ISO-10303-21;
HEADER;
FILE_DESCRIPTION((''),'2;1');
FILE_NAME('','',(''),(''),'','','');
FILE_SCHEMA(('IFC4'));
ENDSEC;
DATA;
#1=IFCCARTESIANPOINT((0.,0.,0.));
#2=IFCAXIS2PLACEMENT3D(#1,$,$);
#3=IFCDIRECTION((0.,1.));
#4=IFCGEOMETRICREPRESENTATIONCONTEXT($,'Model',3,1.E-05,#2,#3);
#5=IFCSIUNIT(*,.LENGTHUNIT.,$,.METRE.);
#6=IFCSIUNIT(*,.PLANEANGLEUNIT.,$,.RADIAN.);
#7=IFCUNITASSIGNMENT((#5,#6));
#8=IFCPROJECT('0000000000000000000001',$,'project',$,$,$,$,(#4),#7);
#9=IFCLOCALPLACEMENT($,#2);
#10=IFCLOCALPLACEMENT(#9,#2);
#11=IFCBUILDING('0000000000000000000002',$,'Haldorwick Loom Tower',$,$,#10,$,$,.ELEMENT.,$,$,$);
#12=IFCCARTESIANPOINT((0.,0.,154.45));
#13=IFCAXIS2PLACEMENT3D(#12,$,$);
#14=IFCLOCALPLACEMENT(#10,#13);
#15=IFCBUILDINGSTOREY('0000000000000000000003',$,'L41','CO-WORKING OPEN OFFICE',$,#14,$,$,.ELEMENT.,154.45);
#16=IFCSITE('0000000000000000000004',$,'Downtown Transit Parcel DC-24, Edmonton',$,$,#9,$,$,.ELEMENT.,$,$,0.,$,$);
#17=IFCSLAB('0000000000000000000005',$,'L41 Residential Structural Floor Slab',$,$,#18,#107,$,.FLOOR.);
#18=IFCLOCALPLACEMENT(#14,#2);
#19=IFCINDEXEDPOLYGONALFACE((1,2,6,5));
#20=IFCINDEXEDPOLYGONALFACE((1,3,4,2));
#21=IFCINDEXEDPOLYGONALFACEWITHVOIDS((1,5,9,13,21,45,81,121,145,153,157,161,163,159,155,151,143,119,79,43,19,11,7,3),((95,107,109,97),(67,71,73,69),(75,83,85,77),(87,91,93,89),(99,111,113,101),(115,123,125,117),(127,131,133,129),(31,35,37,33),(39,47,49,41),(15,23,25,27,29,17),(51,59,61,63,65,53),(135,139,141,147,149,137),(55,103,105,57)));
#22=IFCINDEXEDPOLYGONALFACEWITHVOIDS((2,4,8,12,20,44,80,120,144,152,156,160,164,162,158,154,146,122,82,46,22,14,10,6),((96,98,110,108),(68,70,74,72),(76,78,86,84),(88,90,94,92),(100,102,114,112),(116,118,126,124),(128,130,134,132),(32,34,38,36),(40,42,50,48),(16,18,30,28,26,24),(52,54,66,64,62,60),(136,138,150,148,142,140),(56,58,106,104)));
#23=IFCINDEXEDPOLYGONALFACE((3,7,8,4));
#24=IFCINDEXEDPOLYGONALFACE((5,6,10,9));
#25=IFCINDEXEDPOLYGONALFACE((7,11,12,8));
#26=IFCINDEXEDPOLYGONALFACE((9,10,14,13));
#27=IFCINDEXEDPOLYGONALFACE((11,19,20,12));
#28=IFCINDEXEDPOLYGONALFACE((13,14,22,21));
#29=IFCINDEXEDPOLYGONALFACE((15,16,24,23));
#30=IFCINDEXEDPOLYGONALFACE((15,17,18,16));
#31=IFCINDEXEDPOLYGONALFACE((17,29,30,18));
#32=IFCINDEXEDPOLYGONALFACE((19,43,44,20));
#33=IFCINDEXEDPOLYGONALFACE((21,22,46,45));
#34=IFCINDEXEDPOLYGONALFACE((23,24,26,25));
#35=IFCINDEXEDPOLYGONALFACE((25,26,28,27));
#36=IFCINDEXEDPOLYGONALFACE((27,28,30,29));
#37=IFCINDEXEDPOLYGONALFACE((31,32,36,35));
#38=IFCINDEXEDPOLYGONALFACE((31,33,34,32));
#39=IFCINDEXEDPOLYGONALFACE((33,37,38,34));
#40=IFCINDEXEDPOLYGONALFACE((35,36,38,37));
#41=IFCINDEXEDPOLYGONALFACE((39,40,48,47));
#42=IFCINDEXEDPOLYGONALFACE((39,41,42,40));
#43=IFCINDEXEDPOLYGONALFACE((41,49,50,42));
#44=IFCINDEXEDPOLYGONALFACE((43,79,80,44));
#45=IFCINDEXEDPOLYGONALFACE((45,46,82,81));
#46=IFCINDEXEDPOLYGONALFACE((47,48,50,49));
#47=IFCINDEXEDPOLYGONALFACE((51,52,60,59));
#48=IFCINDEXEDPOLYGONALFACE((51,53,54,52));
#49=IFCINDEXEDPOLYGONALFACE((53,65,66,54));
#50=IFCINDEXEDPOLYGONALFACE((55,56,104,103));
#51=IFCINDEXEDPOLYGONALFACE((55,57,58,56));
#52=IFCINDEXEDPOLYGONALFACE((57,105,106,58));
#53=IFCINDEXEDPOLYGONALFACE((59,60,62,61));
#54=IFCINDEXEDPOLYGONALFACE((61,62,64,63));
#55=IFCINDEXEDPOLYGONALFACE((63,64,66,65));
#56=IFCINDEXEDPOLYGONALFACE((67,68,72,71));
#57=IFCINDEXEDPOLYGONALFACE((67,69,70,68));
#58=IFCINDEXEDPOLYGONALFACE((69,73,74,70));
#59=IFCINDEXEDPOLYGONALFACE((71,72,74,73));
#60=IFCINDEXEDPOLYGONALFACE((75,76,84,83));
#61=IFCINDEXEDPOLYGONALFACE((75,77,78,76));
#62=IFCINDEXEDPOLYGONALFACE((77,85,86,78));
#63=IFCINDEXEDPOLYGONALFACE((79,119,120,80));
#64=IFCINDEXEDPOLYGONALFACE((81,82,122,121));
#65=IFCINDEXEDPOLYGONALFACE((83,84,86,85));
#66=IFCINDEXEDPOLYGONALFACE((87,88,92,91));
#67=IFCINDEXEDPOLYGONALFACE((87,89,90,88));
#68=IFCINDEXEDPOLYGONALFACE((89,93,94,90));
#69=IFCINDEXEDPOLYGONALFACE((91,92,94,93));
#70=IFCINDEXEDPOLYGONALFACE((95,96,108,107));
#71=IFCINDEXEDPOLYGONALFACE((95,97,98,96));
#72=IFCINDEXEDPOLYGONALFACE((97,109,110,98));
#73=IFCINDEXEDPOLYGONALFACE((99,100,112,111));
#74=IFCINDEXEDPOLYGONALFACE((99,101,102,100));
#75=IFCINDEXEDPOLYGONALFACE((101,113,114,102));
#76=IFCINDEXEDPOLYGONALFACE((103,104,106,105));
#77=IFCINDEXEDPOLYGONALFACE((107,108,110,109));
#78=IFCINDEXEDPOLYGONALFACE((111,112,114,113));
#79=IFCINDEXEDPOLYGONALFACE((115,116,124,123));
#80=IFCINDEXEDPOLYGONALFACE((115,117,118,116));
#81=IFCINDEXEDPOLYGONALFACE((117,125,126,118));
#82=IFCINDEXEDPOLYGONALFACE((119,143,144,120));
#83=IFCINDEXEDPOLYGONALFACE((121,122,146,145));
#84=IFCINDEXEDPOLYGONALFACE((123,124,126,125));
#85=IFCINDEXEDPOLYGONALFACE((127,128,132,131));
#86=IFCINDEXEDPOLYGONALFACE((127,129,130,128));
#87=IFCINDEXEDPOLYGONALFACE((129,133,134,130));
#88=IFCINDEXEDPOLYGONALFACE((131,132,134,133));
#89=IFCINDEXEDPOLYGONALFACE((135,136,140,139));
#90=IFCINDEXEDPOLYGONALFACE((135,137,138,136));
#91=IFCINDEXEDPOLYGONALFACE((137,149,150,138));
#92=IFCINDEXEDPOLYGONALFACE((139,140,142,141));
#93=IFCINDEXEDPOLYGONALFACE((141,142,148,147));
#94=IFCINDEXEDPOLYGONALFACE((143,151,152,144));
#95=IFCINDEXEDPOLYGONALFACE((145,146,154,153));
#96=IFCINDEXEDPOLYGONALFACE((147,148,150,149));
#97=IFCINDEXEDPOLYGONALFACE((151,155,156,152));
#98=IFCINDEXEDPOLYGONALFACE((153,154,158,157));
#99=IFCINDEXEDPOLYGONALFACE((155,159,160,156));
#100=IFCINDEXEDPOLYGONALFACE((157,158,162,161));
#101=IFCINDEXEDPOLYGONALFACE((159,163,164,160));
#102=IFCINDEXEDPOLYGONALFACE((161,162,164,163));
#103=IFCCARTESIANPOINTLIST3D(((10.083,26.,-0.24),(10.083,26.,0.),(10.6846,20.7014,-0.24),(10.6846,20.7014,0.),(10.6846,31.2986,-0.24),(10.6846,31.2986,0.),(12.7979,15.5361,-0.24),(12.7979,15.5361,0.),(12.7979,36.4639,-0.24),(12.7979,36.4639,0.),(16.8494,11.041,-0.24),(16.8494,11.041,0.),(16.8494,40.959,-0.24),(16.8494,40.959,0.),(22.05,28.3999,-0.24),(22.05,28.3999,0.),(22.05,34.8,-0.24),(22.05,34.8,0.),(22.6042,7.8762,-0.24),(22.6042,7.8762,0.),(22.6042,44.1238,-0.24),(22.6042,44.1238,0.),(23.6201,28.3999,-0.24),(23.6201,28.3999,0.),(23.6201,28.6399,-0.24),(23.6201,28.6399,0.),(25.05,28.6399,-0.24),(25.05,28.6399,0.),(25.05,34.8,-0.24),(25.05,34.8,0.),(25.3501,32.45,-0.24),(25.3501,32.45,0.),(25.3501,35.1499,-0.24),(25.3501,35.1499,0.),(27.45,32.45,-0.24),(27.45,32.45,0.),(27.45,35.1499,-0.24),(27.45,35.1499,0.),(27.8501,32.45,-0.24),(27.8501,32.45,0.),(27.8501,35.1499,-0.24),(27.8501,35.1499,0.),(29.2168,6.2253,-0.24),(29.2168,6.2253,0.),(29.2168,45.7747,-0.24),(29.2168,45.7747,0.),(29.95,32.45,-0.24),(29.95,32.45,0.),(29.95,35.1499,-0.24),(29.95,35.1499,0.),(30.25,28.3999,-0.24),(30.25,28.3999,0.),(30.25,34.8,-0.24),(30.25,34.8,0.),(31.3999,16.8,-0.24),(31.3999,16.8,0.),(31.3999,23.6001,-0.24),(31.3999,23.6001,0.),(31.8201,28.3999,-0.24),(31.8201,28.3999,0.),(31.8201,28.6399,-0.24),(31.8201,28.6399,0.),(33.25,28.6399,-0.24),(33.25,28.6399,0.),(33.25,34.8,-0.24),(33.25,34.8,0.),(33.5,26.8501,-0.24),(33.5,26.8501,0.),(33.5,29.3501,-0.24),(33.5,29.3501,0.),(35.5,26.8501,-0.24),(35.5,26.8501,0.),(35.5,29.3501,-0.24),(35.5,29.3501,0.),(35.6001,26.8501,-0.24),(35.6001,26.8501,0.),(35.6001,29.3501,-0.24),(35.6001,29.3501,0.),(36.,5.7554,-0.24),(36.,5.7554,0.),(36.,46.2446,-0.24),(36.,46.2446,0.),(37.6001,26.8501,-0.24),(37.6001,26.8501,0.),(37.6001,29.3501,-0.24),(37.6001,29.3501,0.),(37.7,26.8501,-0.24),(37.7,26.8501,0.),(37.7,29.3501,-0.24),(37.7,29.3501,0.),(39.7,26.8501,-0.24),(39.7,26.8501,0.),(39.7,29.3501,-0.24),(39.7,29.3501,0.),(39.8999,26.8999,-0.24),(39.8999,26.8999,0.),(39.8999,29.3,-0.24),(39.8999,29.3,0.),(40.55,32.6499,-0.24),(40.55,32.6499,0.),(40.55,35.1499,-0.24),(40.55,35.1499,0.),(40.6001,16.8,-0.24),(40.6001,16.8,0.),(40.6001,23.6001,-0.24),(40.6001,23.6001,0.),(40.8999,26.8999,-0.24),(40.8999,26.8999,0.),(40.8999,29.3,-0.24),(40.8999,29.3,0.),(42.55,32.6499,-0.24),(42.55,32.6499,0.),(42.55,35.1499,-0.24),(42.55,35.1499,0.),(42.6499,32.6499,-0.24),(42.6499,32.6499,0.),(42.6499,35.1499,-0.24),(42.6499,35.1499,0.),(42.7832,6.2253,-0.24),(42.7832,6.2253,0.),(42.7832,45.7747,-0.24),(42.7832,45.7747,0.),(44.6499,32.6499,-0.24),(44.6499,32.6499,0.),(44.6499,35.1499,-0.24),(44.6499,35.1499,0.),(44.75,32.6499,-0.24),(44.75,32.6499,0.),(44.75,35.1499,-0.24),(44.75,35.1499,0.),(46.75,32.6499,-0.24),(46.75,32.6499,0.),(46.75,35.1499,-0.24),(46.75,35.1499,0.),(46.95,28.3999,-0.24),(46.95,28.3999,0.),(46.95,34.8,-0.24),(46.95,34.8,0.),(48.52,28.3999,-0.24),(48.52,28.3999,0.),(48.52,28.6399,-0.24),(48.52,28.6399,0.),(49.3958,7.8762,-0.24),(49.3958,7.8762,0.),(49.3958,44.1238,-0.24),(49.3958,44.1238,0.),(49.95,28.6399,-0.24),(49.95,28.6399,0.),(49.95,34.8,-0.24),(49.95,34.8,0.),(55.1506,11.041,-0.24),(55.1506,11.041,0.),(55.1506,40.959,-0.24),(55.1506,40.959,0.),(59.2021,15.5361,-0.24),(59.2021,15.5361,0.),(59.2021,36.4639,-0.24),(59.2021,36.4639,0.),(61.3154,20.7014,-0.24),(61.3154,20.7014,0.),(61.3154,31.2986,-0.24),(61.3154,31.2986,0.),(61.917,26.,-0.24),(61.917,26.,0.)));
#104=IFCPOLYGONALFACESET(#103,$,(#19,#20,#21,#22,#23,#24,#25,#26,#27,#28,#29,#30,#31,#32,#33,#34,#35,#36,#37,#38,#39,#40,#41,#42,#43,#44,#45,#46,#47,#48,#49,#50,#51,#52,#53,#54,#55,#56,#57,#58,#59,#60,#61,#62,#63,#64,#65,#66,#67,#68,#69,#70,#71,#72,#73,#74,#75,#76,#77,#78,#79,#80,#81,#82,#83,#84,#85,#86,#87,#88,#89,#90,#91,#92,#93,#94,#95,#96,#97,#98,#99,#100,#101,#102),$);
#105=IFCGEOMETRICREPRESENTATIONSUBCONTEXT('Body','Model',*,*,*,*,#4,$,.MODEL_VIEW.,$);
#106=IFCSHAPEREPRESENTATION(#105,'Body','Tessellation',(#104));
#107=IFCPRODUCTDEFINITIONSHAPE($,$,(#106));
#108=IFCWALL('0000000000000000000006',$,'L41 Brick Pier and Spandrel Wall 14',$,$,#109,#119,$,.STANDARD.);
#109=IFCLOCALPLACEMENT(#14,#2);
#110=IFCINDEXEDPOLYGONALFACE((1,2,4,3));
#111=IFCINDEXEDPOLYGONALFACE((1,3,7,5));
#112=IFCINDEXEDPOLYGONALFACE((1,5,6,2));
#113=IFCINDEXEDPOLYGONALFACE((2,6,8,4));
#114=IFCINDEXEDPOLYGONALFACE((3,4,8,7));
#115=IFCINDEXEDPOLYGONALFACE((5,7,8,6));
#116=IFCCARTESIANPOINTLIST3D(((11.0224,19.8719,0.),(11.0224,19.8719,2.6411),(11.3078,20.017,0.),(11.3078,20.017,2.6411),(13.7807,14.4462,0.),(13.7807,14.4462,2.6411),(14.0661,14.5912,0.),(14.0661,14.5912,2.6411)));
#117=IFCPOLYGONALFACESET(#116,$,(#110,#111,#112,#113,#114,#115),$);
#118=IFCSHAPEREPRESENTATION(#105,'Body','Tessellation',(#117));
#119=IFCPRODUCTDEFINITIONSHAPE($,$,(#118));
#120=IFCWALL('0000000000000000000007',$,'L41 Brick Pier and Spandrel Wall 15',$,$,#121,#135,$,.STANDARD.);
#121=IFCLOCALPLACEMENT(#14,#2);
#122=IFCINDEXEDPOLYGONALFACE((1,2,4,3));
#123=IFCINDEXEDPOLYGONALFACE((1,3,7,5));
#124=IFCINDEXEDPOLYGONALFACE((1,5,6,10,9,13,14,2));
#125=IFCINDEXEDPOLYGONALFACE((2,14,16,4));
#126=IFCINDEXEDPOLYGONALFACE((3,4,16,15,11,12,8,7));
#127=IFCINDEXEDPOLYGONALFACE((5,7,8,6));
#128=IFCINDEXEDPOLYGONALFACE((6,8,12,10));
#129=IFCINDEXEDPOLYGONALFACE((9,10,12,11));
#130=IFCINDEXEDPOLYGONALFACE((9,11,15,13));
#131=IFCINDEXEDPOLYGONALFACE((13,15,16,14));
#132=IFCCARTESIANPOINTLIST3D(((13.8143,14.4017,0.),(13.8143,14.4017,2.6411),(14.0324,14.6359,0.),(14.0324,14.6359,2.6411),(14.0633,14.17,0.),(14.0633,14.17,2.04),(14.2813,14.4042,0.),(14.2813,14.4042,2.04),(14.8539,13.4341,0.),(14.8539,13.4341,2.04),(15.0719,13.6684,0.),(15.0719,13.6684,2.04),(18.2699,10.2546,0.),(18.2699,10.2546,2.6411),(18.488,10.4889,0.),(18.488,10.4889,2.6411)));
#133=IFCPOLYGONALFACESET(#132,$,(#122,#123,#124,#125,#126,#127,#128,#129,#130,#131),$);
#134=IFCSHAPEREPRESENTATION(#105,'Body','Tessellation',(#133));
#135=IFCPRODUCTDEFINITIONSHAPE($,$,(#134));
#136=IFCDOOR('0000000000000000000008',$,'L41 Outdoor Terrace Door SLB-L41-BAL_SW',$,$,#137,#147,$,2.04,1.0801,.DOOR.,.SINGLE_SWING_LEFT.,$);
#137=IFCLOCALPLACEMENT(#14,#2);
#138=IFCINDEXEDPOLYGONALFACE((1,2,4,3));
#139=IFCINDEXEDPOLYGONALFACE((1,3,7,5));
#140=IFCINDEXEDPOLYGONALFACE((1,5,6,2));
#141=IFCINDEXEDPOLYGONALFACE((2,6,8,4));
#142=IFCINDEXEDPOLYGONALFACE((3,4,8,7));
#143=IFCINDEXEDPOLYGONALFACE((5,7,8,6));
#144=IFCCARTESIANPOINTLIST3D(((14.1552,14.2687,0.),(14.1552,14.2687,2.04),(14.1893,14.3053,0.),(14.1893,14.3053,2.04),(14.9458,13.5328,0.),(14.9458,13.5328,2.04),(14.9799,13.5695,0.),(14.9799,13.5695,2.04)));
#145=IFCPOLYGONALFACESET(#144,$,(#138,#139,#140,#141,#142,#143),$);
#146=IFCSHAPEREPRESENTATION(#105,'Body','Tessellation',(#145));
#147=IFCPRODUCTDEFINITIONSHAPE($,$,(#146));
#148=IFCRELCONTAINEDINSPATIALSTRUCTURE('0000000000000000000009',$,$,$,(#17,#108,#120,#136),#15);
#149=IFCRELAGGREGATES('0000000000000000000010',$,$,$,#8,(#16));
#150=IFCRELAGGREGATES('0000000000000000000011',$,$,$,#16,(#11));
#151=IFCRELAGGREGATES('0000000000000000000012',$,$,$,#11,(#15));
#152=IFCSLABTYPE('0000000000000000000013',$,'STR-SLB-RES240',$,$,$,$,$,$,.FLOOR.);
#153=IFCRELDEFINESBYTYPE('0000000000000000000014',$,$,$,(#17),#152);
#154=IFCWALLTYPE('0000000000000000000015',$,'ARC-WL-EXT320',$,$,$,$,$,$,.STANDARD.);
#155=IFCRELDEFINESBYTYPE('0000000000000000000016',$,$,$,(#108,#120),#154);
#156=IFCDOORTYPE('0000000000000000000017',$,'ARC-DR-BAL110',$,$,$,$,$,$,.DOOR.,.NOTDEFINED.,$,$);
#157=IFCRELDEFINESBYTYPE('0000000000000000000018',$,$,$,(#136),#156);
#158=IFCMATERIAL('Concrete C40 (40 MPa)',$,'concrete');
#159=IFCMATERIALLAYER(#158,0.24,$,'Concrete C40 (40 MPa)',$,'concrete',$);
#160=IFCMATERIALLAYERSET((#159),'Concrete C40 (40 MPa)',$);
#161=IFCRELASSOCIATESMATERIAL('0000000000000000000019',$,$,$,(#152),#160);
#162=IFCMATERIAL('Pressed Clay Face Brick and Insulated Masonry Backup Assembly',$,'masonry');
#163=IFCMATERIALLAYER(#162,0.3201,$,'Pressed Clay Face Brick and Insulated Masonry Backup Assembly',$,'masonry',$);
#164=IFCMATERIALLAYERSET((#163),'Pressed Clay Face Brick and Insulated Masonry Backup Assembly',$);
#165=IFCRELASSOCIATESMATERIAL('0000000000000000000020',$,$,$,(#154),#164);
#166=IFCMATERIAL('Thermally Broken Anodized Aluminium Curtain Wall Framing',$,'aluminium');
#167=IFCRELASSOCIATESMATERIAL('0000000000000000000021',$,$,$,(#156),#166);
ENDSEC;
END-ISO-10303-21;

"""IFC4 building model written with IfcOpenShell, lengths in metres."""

from ifc_helpers import new_model, si_unit, direction, frame, frame_2d, origin, place, context, subcontext, project, spatial, polyline, rectangle, outline, extrude, material, layer, layer_set, type_object, element, fill, save


model = new_model("IFC4")

# Units and contexts
model_context = context("Model", 3, precision=1e-05, world=origin(), true_north=direction((0.0, 1.0)))
body_context = subcontext(model_context, "Body", "Model", "MODEL_VIEW")
ifc_project = project(units=[si_unit("LENGTHUNIT", "METRE"), si_unit("PLANEANGLEUNIT", "RADIAN")], contexts=[model_context])

# Site, building, storey
site_placement = place(None, origin())
site = spatial("IfcSite", under=ifc_project, at=site_placement, Name="Downtown Transit Parcel DC-24, Edmonton", CompositionType="ELEMENT", RefElevation=0.0)
building_placement = place(site_placement, origin())
building = spatial("IfcBuilding", under=site, at=building_placement, Name="Haldorwick Loom Tower", CompositionType="ELEMENT")
storey_placement = place(building_placement, frame((0.0, 0.0, 154.45)))
storey = spatial("IfcBuildingStorey", under=building, at=storey_placement, Name="L41", Description="CO-WORKING OPEN OFFICE", CompositionType="ELEMENT", Elevation=154.45)

# Shared definitions
ifc_material_1 = material(Name="Concrete C40 (40 MPa)", Category="concrete")

# Slab
ifc_layer_1 = layer(ifc_material_1, 0.24, Name="Concrete C40 (40 MPa)", Category="concrete")
ifc_layer_set_1 = layer_set([ifc_layer_1], Name="Concrete C40 (40 MPa)")
slab_type_1 = type_object("IfcSlabType", Name="STR-SLB-RES240", PredefinedType="FLOOR", material=ifc_layer_set_1)
slab_1_placement = place(storey_placement, frame((0.0, 0.0, -0.24)))
element("IfcSlab", 1, at=slab_1_placement, inside=storey, type_object=slab_type_1, Name="L41 Residential Structural Floor Slab", PredefinedType="FLOOR", context=body_context, shape_type="SweptSolid", body=[
    extrude(outline(polyline([(55.1506, 11.041), (59.2021, 15.5361), (61.3154, 20.7014), (61.917, 26.0), (61.3154, 31.2986), (59.2021, 36.4639), (55.1506, 40.959), (49.3958, 44.1238), (42.7832, 45.7747), (36.0, 46.2446), (29.2168, 45.7747), (22.6042, 44.1238), (16.8494, 40.959), (12.7979, 36.4639), (10.6846, 31.2986), (10.083, 26.0), (10.6846, 20.7014), (12.7979, 15.5361), (16.8494, 11.041), (22.6042, 7.8762), (29.2168, 6.2253), (36.0, 5.7554), (42.7832, 6.2253), (49.3958, 7.8762), (55.1506, 11.041)]), holes=[polyline([(31.3999, 16.8), (31.3999, 23.6001), (40.6001, 23.6001), (40.6001, 16.8), (31.3999, 16.8)]), polyline([(33.5, 26.8501), (33.5, 29.3501), (35.5, 29.3501), (35.5, 26.8501), (33.5, 26.8501)]), polyline([(35.6001, 26.8501), (35.6001, 29.3501), (37.6001, 29.3501), (37.6001, 26.8501), (35.6001, 26.8501)]), polyline([(23.6201, 28.3999), (22.05, 28.3999), (22.05, 34.8), (25.05, 34.8), (25.05, 28.6399), (23.6201, 28.6399), (23.6201, 28.3999)]), polyline([(30.25, 28.3999), (30.25, 34.8), (33.25, 34.8), (33.25, 28.6399), (31.8201, 28.6399), (31.8201, 28.3999), (30.25, 28.3999)]), polyline([(25.3501, 32.45), (25.3501, 35.1499), (27.45, 35.1499), (27.45, 32.45), (25.3501, 32.45)]), polyline([(29.95, 32.45), (27.8501, 32.45), (27.8501, 35.1499), (29.95, 35.1499), (29.95, 32.45)]), polyline([(37.7, 26.8501), (37.7, 29.3501), (39.7, 29.3501), (39.7, 26.8501), (37.7, 26.8501)]), polyline([(39.8999, 26.8999), (39.8999, 29.3), (40.8999, 29.3), (40.8999, 26.8999), (39.8999, 26.8999)]), polyline([(46.95, 28.3999), (46.95, 34.8), (49.95, 34.8), (49.95, 28.6399), (48.52, 28.6399), (48.52, 28.3999), (46.95, 28.3999)]), polyline([(40.55, 32.6499), (40.55, 35.1499), (42.55, 35.1499), (42.55, 32.6499), (40.55, 32.6499)]), polyline([(42.6499, 32.6499), (42.6499, 35.1499), (44.6499, 35.1499), (44.6499, 32.6499), (42.6499, 32.6499)]), polyline([(44.75, 32.6499), (44.75, 35.1499), (46.75, 35.1499), (46.75, 32.6499), (44.75, 32.6499)])]), origin(), (0.0, 0.0, 1.0), 0.24),
])

# Wall
ifc_material_2 = material(Name="Pressed Clay Face Brick and Insulated Masonry Backup Assembly", Category="masonry")
ifc_layer_2 = layer(ifc_material_2, 0.3201, Name="Pressed Clay Face Brick and Insulated Masonry Backup Assembly", Category="masonry")
ifc_layer_set_2 = layer_set([ifc_layer_2], Name="Pressed Clay Face Brick and Insulated Masonry Backup Assembly")
wall_type_1 = type_object("IfcWallType", Name="ARC-WL-EXT320", PredefinedType="STANDARD", material=ifc_layer_set_2)
wall_1_placement = place(storey_placement, frame((11.165, 19.9446, 0.0), z_axis=(0.0, 0.0, 1.0), x_axis=(0.453172, -0.891423, 0.0)))
element("IfcWall", 2, at=wall_1_placement, inside=storey, type_object=wall_type_1, Name="L41 Brick Pier and Spandrel Wall 14", PredefinedType="STANDARD", context=body_context, shape_type="SweptSolid", body=[
    extrude(rectangle(XDim=6.0867, YDim=0.3201, at=frame_2d((3.0435, 0.0))), origin(), (0.0, 0.0, 1.0), 2.6411),
])

# Wall, opening, door
wall_2_placement = place(storey_placement, frame((13.9233, 14.5188, 0.0), z_axis=(0.0, 0.0, 1.0), x_axis=(0.732002, -0.681303, 0.0)))
wall_2 = element("IfcWall", 3, at=wall_2_placement, inside=storey, type_object=wall_type_1, Name="L41 Brick Pier and Spandrel Wall 15", PredefinedType="STANDARD", context=body_context, shape_type="SweptSolid", body=[
    extrude(rectangle(XDim=6.0869, YDim=0.3201, at=frame_2d((3.0435, 0.0))), origin(), (0.0, 0.0, 1.0), 2.6411),
])
opening_1_placement = place(wall_2_placement, frame((0.3401, 0.0, 0.0)))
opening_1 = element("IfcOpeningElement", 4, at=opening_1_placement, cuts=wall_2, PredefinedType="OPENING", context=body_context, shape_type="SweptSolid", body=[
    extrude(rectangle(XDim=1.0801, YDim=2.04, at=frame_2d((0.54, 1.02))), frame((0.0, 0.1699, 0.0), z_axis=(0.0, -1.0, 0.0), x_axis=(1.0, 0.0, 0.0)), (0.0, 0.0, 1.0), 0.3401),
])
ifc_material_3 = material(Name="Thermally Broken Anodized Aluminium Curtain Wall Framing", Category="aluminium")
door_type_1 = type_object("IfcDoorType", Name="ARC-DR-BAL110", OperationType="NOTDEFINED", PredefinedType="DOOR", material=ifc_material_3)
door_1_placement = place(opening_1_placement, origin())
door_1 = element("IfcDoor", 5, at=door_1_placement, inside=storey, type_object=door_type_1, Name="L41 Outdoor Terrace Door SLB-L41-BAL_SW", OperationType="SINGLE_SWING_LEFT", OverallHeight=2.04, OverallWidth=1.0801, PredefinedType="DOOR", context=body_context, shape_type="SweptSolid", body=[
    extrude(rectangle(XDim=1.0801, YDim=2.04, at=frame_2d((0.54, 1.02))), frame((0.0, 0.0249, 0.0), z_axis=(0.0, -1.0, 0.0), x_axis=(1.0, 0.0, 0.0)), (0.0, 0.0, 1.0), 0.05),
])
fill(opening_1, door_1)

save(model, "model.ifc")
